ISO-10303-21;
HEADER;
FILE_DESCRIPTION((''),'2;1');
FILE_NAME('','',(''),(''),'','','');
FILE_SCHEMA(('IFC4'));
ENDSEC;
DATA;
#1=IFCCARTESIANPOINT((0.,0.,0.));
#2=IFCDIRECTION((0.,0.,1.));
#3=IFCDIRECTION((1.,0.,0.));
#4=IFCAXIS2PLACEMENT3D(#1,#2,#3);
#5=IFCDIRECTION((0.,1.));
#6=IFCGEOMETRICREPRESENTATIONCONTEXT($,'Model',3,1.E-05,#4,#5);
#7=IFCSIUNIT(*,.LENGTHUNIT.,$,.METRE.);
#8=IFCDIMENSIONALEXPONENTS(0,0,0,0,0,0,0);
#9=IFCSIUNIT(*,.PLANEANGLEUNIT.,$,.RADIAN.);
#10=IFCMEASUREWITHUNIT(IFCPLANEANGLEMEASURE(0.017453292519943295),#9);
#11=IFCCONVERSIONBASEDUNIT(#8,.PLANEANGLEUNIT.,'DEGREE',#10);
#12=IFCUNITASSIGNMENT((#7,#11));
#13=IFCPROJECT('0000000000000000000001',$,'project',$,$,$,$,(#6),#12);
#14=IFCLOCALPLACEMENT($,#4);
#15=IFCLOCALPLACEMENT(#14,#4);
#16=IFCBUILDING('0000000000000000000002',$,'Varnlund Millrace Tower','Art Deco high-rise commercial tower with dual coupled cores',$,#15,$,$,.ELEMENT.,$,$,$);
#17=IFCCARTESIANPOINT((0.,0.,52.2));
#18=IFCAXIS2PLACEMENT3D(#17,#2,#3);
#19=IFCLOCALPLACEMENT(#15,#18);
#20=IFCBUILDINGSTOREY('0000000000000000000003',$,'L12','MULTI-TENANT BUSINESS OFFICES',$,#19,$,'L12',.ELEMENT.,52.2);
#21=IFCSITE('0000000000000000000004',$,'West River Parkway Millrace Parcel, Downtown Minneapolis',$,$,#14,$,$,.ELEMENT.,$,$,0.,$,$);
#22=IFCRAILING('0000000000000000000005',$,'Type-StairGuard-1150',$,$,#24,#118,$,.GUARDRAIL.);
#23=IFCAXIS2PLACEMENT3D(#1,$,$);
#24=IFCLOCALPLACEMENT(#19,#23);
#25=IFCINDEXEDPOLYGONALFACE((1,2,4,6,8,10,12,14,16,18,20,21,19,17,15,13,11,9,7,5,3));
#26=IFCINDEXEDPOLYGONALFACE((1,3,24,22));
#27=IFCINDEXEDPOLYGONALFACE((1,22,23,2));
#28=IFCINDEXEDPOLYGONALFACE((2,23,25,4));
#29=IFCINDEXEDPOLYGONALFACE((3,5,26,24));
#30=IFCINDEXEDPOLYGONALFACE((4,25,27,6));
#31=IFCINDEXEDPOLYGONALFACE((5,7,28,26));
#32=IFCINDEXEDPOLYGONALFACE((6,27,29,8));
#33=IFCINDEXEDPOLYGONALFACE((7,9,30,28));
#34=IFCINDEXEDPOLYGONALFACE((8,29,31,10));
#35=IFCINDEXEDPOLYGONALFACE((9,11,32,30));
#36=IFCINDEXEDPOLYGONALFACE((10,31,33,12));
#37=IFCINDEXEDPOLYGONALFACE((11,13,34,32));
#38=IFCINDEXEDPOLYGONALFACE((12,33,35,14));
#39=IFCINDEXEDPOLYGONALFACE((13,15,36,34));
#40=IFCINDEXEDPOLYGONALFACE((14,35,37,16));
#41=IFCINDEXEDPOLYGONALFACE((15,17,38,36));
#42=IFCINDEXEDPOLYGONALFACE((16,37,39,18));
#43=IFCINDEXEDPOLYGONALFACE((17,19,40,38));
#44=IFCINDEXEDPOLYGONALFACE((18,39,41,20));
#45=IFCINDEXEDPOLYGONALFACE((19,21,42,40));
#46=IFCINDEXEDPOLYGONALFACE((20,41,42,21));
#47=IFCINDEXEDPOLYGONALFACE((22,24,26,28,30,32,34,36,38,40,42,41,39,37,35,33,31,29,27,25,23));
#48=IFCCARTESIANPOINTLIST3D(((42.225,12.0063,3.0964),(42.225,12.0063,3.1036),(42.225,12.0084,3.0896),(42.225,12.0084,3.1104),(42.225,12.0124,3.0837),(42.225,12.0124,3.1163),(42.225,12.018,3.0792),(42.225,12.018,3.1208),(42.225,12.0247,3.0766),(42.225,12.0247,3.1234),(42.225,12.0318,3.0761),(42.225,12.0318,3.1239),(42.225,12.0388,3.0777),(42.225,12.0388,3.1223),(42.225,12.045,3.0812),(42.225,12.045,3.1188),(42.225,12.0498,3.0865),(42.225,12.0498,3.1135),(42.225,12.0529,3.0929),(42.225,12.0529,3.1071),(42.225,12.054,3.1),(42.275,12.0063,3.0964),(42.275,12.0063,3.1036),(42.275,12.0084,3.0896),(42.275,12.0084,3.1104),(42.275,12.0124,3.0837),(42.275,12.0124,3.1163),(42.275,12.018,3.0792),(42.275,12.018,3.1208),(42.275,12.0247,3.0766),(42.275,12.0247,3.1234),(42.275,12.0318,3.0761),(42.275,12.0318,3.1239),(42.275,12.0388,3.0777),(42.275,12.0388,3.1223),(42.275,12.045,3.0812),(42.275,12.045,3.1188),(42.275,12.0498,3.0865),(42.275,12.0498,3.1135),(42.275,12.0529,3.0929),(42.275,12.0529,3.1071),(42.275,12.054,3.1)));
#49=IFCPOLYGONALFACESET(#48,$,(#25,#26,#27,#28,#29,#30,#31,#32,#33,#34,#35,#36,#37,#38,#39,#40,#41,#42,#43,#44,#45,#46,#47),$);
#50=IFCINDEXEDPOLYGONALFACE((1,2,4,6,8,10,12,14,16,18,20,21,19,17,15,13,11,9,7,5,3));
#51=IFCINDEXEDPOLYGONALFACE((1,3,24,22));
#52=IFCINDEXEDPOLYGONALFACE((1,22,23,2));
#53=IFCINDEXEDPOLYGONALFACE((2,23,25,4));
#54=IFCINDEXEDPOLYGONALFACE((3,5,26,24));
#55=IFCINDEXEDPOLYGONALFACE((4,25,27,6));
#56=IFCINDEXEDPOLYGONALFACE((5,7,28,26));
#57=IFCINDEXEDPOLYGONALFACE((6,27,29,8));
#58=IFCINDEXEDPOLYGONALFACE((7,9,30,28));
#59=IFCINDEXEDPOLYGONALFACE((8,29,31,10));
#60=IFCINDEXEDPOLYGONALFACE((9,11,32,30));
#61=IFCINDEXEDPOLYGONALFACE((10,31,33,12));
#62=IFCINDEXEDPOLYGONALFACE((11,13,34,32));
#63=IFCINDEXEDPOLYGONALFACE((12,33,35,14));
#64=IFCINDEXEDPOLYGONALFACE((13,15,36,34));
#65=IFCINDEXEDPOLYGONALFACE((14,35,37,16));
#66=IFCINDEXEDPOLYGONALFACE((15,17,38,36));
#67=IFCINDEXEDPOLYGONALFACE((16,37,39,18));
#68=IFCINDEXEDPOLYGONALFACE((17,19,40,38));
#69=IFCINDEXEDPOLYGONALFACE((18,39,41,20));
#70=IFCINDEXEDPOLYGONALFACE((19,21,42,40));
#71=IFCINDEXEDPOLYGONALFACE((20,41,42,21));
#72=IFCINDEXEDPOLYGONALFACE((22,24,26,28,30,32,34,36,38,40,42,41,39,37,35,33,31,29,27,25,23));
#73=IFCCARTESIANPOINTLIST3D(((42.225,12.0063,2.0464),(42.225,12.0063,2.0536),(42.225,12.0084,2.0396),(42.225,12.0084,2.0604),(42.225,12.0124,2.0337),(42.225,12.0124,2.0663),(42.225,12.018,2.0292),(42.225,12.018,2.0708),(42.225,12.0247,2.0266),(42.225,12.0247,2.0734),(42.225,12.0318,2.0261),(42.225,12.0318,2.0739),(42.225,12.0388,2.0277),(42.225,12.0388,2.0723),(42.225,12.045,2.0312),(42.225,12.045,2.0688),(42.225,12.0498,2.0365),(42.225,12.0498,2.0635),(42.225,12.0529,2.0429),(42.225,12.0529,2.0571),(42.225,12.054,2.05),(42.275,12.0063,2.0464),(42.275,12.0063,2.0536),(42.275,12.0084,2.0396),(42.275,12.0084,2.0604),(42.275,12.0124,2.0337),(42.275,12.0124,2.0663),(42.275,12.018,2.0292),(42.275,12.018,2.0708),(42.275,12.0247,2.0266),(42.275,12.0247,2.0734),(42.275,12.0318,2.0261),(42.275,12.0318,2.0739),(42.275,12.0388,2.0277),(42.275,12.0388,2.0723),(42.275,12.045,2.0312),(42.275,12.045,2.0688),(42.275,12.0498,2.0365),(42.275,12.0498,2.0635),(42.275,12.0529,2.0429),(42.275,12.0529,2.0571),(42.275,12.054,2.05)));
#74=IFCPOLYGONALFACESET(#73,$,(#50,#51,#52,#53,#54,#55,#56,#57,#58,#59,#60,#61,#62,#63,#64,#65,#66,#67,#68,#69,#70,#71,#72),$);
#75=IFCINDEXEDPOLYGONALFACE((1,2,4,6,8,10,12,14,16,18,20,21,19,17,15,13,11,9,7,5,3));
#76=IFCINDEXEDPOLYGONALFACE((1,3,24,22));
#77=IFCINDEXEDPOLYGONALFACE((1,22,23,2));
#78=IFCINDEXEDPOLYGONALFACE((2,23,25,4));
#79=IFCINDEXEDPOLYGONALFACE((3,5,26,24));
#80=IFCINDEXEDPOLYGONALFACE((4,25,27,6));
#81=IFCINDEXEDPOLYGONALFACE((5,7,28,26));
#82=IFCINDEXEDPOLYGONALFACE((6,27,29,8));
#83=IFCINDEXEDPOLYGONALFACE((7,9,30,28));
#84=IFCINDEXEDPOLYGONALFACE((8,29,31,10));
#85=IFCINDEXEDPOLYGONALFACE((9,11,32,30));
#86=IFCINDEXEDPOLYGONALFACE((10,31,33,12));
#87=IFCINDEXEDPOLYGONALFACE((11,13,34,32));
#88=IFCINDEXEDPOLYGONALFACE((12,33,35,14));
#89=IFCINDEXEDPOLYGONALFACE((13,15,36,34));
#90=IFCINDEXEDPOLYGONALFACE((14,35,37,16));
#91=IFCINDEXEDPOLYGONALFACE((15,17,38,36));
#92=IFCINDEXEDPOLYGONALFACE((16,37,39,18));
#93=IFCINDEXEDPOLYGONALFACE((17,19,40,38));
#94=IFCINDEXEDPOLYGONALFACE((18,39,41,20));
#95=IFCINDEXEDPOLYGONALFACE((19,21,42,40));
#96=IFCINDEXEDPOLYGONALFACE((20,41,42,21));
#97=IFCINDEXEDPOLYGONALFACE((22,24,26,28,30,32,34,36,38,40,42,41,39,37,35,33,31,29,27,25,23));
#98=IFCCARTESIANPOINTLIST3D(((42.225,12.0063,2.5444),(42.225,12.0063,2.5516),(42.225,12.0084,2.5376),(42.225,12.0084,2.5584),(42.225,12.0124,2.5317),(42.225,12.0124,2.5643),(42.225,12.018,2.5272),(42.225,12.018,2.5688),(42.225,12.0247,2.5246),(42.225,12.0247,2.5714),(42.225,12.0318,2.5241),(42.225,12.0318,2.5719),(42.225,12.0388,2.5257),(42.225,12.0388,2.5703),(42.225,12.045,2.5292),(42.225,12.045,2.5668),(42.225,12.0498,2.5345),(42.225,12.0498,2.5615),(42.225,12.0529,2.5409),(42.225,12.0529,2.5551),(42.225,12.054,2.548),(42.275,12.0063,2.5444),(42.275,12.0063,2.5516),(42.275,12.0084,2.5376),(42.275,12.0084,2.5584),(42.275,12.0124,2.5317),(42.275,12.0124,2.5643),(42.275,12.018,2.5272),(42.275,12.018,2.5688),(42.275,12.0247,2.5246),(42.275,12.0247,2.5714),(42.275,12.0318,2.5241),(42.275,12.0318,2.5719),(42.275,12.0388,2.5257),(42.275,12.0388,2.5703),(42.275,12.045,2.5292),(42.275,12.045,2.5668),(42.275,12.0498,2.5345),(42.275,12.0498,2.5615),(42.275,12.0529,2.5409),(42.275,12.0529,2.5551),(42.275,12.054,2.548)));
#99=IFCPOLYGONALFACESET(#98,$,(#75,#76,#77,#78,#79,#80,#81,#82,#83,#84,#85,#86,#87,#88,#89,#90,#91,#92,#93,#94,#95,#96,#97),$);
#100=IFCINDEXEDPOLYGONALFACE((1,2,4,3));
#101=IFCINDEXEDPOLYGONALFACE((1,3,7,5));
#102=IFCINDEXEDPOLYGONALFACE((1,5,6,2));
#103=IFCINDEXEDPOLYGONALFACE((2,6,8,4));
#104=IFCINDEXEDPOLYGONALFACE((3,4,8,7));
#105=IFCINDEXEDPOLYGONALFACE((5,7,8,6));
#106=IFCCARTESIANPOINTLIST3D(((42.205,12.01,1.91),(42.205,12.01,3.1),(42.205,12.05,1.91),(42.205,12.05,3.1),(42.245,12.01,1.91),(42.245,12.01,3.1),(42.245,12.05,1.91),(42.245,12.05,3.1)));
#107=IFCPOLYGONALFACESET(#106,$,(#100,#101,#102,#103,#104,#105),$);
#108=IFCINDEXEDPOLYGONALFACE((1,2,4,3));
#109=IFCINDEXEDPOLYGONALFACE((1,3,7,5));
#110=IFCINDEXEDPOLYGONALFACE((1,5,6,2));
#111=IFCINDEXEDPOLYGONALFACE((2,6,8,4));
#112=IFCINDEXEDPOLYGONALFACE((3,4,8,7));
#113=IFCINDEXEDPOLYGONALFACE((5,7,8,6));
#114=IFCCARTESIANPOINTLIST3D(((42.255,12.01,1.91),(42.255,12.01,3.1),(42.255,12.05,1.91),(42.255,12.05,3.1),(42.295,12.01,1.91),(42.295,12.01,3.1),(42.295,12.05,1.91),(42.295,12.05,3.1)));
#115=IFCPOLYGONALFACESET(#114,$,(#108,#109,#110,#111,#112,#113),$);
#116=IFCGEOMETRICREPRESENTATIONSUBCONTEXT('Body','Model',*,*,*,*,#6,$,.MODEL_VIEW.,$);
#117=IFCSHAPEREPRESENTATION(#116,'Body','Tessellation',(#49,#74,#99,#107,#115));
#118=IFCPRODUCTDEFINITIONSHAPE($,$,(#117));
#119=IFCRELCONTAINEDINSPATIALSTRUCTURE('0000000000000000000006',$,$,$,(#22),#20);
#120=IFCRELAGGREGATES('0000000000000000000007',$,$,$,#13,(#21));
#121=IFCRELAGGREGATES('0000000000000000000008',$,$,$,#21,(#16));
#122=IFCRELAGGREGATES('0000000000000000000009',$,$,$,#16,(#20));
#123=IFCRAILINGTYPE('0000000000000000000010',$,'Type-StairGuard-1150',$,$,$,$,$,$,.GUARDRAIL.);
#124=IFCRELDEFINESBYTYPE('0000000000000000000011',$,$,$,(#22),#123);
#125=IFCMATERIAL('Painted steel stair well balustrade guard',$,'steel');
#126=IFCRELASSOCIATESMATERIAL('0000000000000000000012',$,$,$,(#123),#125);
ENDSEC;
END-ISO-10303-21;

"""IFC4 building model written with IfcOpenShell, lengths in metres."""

from ifc_helpers import new_model, entity, si_unit, converted_unit, direction, frame, origin_with_axes, origin_2d_with_axis, place, context, subcontext, project, spatial, rectangle, circle, extrude, material, type_object, element, save


model = new_model("IFC4")

# Units and contexts
model_context = context("Model", 3, precision=1e-05, world=origin_with_axes(), true_north=direction((0.0, 1.0)))
body_context = subcontext(model_context, "Body", "Model", "MODEL_VIEW")
ifc_project = project(units=[si_unit("LENGTHUNIT", "METRE"), converted_unit("PLANEANGLEUNIT", "DEGREE", entity("IfcPlaneAngleMeasure", 0.017453292519943295), si_unit("PLANEANGLEUNIT", "RADIAN"), dimensions=[0, 0, 0, 0, 0, 0, 0])], contexts=[model_context])

# Site, building, storey
site_placement = place(None, origin_with_axes())
site = spatial("IfcSite", under=ifc_project, at=site_placement, Name="West River Parkway Millrace Parcel, Downtown Minneapolis", CompositionType="ELEMENT", RefElevation=0.0)
building_placement = place(site_placement, origin_with_axes())
building = spatial("IfcBuilding", under=site, at=building_placement, Name="Varnlund Millrace Tower", Description="Art Deco high-rise commercial tower with dual coupled cores", CompositionType="ELEMENT")
storey_placement = place(building_placement, frame((0.0, 0.0, 52.2), z_axis=(0.0, 0.0, 1.0), x_axis=(1.0, 0.0, 0.0)))
storey = spatial("IfcBuildingStorey", under=building, at=storey_placement, Name="L12", Description="MULTI-TENANT BUSINESS OFFICES", LongName="L12", CompositionType="ELEMENT", Elevation=52.2)

# Railing
ifc_material_1 = material(Name="Painted steel stair well balustrade guard", Category="steel")
railing_type_1 = type_object("IfcRailingType", Name="Type-StairGuard-1150", PredefinedType="GUARDRAIL", material=ifc_material_1)
railing_1_placement = place(storey_placement, frame((0.0, 0.0, -52.2), z_axis=(0.0, 0.0, 1.0), x_axis=(1.0, 0.0, 0.0)))
element("IfcRailing", 1, at=railing_1_placement, inside=storey, type_object=railing_type_1, Name="Type-StairGuard-1150", PredefinedType="GUARDRAIL", context=body_context, shape_type="SweptSolid", body=[
    extrude(circle(Radius=0.024, at=origin_2d_with_axis()), frame((42.225, 12.03, 55.3), z_axis=(1.0, 0.0, 0.0), x_axis=(0.0, 1.0, 0.0)), (0.0, 0.0, 1.0), 0.05),
    extrude(circle(Radius=0.024, at=origin_2d_with_axis()), frame((42.225, 12.03, 54.25), z_axis=(1.0, 0.0, 0.0), x_axis=(0.0, 1.0, 0.0)), (0.0, 0.0, 1.0), 0.05),
    extrude(circle(Radius=0.024, at=origin_2d_with_axis()), frame((42.225, 12.03, 54.748), z_axis=(1.0, 0.0, 0.0), x_axis=(0.0, 1.0, 0.0)), (0.0, 0.0, 1.0), 0.05),
    extrude(rectangle(XDim=0.04, YDim=0.04, at=origin_2d_with_axis()), frame((42.225, 12.03, 54.11), z_axis=(0.0, 0.0, 1.0), x_axis=(1.0, 0.0, 0.0)), (0.0, 0.0, 1.0), 1.19),
    extrude(rectangle(XDim=0.04, YDim=0.04, at=origin_2d_with_axis()), frame((42.275, 12.03, 54.11), z_axis=(0.0, 0.0, 1.0), x_axis=(1.0, 0.0, 0.0)), (0.0, 0.0, 1.0), 1.19),
])

save(model, "model.ifc")
